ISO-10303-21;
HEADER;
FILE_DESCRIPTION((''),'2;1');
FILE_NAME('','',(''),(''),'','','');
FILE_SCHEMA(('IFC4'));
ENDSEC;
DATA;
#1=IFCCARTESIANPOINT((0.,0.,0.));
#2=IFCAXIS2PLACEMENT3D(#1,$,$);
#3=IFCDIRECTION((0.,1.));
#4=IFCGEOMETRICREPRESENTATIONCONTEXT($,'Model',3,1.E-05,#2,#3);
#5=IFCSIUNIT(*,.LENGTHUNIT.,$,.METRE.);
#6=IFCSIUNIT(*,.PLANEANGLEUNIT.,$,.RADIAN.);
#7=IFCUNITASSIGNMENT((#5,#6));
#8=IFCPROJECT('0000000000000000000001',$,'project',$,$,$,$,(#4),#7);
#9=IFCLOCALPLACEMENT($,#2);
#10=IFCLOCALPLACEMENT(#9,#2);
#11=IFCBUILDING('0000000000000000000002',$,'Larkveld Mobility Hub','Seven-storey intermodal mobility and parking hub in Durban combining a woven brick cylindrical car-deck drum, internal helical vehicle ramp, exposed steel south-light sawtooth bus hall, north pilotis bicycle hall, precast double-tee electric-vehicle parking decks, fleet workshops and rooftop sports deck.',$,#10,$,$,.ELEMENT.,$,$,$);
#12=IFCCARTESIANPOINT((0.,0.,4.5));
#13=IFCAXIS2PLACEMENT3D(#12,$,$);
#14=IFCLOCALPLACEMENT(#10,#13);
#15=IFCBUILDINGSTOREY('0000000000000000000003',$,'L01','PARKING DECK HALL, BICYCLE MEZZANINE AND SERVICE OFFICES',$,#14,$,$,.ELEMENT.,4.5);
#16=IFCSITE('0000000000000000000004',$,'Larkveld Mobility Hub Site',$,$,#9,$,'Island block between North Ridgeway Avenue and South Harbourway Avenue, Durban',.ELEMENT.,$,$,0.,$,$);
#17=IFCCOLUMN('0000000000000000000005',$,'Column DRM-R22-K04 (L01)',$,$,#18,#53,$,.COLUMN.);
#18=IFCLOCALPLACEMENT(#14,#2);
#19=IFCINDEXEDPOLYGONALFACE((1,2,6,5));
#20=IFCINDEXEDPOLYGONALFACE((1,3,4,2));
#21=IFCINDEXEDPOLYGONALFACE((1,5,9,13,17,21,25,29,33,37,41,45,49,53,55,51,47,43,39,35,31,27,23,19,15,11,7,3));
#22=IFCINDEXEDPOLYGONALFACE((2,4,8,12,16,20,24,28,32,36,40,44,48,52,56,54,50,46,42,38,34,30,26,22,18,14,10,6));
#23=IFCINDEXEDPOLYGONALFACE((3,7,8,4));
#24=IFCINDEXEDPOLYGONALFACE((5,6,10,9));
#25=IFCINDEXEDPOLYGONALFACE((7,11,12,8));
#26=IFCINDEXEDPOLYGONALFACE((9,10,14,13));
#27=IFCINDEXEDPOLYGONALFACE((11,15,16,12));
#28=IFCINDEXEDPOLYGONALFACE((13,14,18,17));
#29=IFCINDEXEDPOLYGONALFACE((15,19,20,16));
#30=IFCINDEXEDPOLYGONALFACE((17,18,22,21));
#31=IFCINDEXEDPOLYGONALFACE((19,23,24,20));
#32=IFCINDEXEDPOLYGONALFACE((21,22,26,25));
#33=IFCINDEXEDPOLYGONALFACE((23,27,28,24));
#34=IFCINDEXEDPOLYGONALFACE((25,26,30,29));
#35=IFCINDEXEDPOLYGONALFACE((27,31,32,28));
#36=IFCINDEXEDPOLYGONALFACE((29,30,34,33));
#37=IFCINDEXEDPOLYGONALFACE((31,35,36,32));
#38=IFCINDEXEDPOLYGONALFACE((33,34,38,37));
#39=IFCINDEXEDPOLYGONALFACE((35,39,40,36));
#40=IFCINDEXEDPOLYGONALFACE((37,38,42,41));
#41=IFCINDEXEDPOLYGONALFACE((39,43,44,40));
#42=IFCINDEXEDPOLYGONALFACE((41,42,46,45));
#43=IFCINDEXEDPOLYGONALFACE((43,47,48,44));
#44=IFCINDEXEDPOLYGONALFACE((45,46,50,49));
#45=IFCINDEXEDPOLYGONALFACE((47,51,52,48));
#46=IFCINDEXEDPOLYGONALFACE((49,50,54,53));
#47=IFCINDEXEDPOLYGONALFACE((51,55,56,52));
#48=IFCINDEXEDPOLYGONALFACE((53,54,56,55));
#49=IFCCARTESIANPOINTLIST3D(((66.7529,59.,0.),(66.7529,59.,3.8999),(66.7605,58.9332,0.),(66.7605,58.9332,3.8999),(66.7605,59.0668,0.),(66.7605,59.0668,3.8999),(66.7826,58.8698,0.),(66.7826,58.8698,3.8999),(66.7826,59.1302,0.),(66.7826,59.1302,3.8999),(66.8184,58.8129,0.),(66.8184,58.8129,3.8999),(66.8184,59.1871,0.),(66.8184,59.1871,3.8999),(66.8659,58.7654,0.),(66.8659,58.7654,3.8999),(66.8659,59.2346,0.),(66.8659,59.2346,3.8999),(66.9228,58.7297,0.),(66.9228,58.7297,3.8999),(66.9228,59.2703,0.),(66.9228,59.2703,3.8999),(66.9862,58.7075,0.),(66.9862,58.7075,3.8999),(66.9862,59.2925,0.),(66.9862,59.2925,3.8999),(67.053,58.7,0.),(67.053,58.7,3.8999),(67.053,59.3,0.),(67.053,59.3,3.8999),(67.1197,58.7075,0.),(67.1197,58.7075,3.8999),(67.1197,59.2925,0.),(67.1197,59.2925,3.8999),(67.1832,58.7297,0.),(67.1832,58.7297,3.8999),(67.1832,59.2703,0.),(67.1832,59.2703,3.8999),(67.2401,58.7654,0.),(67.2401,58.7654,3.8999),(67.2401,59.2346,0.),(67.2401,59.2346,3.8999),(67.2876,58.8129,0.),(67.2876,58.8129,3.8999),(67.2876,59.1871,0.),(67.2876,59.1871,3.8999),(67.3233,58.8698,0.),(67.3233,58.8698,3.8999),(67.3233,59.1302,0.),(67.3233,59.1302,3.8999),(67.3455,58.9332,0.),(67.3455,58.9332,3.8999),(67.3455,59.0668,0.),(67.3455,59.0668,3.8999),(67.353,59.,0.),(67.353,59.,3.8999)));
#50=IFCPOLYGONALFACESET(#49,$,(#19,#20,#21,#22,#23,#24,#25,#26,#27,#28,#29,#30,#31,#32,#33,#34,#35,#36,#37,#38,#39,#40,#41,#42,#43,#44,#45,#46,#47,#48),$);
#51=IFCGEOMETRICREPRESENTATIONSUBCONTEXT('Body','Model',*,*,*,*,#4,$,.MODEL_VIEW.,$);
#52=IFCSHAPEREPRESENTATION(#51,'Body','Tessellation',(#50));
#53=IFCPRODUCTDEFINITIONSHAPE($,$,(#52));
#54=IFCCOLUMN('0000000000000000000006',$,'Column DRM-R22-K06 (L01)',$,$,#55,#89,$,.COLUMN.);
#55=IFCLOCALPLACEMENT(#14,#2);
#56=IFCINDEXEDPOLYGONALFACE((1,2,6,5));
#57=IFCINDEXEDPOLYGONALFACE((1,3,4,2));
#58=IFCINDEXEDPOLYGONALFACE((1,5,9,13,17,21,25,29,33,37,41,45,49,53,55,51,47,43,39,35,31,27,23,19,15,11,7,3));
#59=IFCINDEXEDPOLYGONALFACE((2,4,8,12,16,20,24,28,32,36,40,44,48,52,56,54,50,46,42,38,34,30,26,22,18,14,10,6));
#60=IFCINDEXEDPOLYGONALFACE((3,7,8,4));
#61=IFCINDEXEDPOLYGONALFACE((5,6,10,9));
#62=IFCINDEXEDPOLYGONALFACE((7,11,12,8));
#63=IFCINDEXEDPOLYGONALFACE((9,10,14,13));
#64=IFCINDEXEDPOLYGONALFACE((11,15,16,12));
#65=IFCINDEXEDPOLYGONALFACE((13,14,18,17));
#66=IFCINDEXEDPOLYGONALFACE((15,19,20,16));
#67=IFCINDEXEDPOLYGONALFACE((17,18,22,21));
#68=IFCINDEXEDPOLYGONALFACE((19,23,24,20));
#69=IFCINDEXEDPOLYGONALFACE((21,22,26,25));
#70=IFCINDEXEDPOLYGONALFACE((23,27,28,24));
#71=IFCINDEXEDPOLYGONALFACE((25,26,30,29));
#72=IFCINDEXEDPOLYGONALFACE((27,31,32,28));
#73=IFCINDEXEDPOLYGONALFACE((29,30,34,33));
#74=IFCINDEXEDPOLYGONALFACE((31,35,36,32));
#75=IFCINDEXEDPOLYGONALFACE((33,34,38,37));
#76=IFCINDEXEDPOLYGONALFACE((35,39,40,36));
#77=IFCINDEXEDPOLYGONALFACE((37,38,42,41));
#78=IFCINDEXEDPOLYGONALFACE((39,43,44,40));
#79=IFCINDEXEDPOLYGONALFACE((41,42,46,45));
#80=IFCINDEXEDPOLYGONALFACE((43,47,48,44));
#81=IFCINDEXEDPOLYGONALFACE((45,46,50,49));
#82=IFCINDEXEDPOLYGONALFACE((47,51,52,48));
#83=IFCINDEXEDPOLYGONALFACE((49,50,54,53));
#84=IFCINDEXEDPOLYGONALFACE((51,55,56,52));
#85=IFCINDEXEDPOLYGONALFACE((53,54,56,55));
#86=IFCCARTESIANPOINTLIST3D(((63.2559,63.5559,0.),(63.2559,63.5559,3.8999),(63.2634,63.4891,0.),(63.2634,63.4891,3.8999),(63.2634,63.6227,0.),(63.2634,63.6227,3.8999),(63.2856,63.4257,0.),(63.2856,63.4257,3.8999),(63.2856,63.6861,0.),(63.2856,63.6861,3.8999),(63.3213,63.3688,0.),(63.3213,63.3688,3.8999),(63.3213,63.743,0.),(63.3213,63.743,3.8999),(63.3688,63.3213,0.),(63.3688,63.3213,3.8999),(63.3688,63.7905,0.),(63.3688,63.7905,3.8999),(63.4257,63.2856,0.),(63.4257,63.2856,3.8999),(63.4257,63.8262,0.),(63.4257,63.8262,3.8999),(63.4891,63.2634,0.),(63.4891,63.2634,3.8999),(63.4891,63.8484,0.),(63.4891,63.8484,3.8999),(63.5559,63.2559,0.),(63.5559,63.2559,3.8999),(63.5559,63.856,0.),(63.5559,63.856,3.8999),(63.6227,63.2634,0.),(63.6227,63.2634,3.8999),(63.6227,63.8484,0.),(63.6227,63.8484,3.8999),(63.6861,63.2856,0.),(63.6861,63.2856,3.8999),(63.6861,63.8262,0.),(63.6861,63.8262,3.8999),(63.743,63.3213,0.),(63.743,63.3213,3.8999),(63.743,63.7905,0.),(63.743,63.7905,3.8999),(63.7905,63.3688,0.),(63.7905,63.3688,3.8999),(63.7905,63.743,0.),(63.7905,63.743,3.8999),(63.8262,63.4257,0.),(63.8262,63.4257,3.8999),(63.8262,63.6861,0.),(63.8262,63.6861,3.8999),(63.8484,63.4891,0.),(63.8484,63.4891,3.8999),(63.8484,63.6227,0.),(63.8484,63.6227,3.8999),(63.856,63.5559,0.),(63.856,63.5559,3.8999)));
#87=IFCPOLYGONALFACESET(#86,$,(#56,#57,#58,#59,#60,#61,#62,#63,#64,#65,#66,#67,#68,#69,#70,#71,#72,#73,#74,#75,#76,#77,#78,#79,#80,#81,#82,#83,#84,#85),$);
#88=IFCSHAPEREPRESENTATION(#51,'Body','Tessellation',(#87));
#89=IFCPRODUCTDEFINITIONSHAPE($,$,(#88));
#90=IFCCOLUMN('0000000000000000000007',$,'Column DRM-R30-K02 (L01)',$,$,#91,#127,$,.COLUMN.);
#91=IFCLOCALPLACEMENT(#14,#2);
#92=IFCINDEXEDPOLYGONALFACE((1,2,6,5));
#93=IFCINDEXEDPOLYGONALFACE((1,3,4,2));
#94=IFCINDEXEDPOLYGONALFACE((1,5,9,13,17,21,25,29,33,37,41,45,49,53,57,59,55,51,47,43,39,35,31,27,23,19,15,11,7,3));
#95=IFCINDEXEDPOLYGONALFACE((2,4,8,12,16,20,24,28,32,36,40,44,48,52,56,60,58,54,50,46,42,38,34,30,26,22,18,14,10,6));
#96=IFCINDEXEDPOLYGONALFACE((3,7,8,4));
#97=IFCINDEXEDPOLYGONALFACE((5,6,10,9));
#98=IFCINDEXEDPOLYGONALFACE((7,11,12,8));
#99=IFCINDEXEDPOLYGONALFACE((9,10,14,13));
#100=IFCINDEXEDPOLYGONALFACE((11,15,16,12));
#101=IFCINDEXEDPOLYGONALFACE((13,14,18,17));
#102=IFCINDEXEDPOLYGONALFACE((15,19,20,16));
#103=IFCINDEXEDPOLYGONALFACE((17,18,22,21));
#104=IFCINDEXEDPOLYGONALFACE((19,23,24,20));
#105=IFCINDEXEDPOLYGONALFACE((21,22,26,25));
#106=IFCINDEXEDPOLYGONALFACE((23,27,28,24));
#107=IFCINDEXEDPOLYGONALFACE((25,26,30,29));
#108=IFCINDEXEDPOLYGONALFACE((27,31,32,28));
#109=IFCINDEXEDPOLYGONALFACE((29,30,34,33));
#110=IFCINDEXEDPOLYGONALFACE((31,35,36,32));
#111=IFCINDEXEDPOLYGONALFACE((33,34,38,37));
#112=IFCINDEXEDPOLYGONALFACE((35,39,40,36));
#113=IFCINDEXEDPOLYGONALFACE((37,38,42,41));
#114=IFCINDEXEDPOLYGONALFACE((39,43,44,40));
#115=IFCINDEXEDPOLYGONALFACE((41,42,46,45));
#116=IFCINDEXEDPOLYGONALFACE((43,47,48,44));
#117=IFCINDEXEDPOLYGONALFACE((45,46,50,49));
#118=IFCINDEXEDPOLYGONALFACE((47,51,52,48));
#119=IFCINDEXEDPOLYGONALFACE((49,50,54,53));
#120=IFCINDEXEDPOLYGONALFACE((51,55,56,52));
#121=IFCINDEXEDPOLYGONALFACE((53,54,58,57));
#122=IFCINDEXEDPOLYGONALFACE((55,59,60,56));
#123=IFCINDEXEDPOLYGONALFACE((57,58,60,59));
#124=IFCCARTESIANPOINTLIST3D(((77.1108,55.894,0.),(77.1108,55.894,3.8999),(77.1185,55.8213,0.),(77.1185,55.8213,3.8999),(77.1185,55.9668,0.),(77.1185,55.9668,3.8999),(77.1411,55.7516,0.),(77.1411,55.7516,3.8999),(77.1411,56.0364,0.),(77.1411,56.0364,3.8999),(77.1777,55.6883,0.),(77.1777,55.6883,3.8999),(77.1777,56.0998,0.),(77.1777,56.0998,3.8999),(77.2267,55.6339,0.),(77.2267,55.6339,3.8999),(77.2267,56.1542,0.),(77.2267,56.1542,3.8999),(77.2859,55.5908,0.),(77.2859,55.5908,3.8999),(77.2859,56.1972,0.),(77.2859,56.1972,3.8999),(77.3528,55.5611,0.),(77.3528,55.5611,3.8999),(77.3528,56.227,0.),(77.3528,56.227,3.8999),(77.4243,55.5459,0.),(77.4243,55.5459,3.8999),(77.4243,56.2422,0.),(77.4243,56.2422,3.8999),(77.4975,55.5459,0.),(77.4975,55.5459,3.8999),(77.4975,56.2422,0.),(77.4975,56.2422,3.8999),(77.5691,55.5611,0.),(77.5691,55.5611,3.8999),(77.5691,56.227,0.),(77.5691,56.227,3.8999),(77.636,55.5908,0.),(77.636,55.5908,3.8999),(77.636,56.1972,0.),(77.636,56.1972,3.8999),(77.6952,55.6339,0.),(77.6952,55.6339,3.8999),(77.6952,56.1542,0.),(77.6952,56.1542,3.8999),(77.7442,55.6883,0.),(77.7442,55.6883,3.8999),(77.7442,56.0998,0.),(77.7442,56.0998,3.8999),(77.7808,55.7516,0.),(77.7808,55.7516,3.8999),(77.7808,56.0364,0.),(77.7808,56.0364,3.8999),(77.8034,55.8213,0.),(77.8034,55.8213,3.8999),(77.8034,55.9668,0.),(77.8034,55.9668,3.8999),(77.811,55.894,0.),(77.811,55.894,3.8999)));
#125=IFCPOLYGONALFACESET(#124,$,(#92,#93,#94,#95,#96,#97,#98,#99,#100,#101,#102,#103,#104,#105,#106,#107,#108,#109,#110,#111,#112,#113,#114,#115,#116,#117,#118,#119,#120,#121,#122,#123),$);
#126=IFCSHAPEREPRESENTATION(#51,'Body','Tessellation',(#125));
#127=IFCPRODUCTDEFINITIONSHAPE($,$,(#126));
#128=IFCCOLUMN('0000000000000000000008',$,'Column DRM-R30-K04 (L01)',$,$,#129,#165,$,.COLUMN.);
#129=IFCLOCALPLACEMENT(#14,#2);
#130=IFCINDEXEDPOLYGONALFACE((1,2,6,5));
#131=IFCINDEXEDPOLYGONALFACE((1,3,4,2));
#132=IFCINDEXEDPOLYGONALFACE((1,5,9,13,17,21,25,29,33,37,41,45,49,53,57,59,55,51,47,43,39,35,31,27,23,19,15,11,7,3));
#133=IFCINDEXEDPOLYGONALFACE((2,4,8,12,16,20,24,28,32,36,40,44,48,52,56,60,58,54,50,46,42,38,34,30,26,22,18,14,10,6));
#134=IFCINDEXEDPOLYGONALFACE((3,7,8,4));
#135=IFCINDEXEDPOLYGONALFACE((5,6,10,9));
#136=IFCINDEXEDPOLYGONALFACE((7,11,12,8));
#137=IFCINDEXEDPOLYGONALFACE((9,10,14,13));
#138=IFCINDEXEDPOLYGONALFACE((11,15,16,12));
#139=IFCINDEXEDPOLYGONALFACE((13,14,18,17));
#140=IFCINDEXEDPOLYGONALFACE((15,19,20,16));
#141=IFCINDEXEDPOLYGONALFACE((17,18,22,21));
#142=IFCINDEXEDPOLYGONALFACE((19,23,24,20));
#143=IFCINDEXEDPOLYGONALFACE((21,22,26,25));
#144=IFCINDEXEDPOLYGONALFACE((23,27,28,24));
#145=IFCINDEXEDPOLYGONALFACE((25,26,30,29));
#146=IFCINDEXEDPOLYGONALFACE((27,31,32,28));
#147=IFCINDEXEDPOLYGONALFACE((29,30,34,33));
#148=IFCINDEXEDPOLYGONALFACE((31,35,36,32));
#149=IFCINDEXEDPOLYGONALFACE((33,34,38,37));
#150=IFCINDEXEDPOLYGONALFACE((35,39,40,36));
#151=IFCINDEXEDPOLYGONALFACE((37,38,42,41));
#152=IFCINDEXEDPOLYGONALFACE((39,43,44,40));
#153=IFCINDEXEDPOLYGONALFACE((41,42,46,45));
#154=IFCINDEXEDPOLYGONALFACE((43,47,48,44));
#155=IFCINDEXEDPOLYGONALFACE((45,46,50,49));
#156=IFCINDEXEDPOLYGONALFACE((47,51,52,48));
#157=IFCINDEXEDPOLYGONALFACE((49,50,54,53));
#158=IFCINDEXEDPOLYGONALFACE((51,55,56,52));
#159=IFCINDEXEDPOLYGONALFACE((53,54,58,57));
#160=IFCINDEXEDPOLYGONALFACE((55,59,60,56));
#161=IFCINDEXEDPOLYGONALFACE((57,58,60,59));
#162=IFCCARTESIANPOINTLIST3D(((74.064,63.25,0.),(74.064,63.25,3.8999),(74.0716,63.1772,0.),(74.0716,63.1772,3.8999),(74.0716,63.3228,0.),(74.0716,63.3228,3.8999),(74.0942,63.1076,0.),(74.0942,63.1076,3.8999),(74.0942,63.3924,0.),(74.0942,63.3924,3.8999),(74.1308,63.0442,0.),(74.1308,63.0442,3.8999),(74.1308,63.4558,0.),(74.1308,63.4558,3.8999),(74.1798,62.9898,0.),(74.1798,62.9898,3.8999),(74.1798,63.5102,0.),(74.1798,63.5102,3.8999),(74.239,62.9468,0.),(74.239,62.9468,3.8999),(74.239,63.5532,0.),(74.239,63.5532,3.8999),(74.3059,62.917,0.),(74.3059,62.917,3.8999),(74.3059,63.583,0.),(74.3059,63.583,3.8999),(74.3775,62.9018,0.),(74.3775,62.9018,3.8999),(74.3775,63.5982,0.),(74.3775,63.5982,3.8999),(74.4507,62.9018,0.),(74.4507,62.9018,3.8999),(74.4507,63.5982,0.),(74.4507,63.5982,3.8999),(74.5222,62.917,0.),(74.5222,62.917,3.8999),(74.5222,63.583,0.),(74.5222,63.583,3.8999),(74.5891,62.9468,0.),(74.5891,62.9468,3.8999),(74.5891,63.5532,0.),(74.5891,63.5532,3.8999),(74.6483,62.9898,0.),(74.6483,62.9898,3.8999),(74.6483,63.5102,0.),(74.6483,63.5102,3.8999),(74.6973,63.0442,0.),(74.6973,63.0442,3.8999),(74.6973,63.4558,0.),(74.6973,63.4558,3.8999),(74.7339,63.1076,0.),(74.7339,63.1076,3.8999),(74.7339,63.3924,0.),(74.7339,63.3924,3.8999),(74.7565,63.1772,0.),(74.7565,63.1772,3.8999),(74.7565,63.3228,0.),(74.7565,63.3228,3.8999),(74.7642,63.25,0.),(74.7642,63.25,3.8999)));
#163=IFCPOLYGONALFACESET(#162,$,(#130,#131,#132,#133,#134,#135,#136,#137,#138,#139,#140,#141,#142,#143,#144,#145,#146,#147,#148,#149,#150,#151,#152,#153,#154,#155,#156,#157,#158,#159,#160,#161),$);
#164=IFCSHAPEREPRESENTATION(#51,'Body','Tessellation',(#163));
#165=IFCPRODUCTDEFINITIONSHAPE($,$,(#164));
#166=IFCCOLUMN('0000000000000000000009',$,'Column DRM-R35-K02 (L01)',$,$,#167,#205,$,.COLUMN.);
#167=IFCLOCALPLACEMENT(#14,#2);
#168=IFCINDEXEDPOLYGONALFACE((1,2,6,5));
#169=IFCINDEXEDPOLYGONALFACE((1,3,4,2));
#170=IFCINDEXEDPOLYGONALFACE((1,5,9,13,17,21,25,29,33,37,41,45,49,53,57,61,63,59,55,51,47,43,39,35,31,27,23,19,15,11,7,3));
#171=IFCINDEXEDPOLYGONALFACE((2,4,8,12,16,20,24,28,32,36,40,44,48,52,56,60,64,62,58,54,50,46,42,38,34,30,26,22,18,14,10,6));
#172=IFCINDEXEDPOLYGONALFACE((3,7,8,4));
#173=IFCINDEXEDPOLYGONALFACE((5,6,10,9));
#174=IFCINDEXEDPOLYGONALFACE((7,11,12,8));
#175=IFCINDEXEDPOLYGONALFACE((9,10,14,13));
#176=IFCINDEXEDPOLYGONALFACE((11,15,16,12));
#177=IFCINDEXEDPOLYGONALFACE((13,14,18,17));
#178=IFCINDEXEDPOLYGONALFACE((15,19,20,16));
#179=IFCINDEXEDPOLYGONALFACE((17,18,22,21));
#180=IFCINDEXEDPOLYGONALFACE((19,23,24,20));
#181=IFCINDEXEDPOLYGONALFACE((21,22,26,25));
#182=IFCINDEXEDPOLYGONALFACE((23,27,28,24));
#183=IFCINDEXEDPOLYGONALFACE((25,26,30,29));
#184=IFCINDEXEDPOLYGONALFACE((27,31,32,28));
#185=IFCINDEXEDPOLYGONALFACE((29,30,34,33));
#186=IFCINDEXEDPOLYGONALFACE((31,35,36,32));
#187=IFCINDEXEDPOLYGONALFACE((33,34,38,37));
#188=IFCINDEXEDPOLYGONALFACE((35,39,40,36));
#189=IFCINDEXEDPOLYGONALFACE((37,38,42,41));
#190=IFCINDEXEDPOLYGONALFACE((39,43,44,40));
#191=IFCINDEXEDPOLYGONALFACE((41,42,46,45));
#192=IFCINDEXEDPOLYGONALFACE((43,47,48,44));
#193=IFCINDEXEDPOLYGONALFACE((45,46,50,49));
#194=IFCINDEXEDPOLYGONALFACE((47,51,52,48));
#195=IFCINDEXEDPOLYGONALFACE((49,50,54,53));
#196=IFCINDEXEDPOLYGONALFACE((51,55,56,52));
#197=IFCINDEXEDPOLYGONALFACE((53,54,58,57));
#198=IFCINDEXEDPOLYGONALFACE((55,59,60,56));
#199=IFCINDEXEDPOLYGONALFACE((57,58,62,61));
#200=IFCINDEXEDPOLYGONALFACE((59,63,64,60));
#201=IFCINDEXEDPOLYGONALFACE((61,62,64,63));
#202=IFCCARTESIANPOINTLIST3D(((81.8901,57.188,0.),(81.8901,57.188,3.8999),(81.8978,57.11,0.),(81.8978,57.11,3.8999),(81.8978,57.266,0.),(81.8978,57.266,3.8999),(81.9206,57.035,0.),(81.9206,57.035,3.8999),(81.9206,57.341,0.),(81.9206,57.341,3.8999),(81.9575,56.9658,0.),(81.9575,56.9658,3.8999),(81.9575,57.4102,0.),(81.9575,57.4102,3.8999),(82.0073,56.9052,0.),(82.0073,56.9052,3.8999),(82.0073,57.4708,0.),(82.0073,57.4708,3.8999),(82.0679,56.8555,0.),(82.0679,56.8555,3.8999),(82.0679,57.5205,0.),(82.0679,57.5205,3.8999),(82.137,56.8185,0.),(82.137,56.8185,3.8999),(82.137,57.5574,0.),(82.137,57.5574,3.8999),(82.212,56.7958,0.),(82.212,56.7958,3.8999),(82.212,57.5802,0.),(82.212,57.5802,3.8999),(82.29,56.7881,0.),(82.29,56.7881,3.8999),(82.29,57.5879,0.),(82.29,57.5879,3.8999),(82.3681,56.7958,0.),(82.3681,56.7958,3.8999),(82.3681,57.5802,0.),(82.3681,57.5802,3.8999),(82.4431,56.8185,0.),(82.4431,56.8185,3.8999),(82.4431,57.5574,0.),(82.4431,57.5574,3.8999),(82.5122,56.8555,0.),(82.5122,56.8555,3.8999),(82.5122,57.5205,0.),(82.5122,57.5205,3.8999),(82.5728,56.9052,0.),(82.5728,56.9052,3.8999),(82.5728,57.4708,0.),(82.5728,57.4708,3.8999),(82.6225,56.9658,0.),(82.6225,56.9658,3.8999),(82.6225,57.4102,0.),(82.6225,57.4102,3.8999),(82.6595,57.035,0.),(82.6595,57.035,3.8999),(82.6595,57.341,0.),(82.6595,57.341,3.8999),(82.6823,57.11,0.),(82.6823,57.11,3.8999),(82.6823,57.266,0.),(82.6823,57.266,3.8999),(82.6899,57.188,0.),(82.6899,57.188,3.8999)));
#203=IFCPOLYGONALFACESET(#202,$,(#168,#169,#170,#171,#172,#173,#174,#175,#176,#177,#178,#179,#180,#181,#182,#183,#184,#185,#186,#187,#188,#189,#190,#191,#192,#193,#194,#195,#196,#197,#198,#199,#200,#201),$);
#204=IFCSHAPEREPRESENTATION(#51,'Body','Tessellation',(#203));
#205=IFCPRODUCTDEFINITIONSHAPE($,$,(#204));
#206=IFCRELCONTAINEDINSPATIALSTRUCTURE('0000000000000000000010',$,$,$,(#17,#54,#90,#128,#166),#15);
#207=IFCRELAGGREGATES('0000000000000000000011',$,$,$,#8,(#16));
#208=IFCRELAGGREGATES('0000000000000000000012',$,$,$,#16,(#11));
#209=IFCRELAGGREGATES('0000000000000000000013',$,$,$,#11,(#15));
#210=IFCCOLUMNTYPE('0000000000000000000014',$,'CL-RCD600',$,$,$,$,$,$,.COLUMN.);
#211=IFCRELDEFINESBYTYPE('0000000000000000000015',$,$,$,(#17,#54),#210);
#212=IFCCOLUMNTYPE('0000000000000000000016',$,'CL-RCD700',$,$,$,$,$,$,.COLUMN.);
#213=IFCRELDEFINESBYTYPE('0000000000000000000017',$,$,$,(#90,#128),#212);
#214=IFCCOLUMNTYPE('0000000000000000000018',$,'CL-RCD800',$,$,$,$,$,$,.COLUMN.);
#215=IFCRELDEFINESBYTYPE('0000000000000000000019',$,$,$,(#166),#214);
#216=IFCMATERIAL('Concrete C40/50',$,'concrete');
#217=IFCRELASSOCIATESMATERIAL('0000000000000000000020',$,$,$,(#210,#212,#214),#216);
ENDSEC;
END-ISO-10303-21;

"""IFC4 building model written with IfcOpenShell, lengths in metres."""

from ifc_helpers import new_model, si_unit, direction, frame, origin, origin_2d, place, context, subcontext, project, spatial, circle, extrude, material, material_profile, profile_set, type_object, element, save


model = new_model("IFC4")

# Units and contexts
model_context = context("Model", 3, precision=1e-05, world=origin(), true_north=direction((0.0, 1.0)))
body_context = subcontext(model_context, "Body", "Model", "MODEL_VIEW")
ifc_project = project(units=[si_unit("LENGTHUNIT", "METRE"), si_unit("PLANEANGLEUNIT", "RADIAN")], contexts=[model_context])

# Site, building, storey
site_placement = place(None, origin())
site = spatial("IfcSite", under=ifc_project, at=site_placement, Name="Larkveld Mobility Hub Site", LongName="Island block between North Ridgeway Avenue and South Harbourway Avenue, Durban", CompositionType="ELEMENT", RefElevation=0.0)
building_placement = place(site_placement, origin())
building = spatial("IfcBuilding", under=site, at=building_placement, Name="Larkveld Mobility Hub", Description="Seven-storey intermodal mobility and parking hub in Durban combining a woven brick cylindrical car-deck drum, internal helical vehicle ramp, exposed steel south-light sawtooth bus hall, north pilotis bicycle hall, precast double-tee electric-vehicle parking decks, fleet workshops and rooftop sports deck.", CompositionType="ELEMENT")
storey_placement = place(building_placement, frame((0.0, 0.0, 4.5)))
storey = spatial("IfcBuildingStorey", under=building, at=storey_placement, Name="L01", Description="PARKING DECK HALL, BICYCLE MEZZANINE AND SERVICE OFFICES", CompositionType="ELEMENT", Elevation=4.5)

# Columns
ifc_material_1 = material(Name="Concrete C40/50", Category="concrete")
ifc_material_profile_1 = material_profile(ifc_material_1, circle(Radius=0.3, at=origin_2d()), Name="RC COL D600")
ifc_profile_set_1 = profile_set([ifc_material_profile_1], Name="Concrete C40/50")
column_type_1 = type_object("IfcColumnType", Name="CL-RCD600", PredefinedType="COLUMN", material=ifc_profile_set_1)
for number, where, z_axis, x_axis, name in (
    (1, (67.053, 59.0, 0.0), (0.0, 0.0, 1.0), (1.0, 0.0, 0.0), "Column DRM-R22-K04 (L01)"),
    (2, (63.5559, 63.5559, 0.0), (0.0, 0.0, 1.0), (1.0, 0.0, 0.0), "Column DRM-R22-K06 (L01)"),
):
    element("IfcColumn", number, at=place(storey_placement, frame(where, z_axis=z_axis, x_axis=x_axis)), inside=storey, type_object=column_type_1, Name=name, PredefinedType="COLUMN", context=body_context, shape_type="SweptSolid", body=[
        extrude(circle(Radius=0.3, at=origin_2d()), origin(), (0.0, 0.0, 1.0), 3.8999),
    ])
ifc_material_profile_2 = material_profile(ifc_material_1, circle(Radius=0.3501, at=origin_2d()), Name="RC COL D700")
ifc_profile_set_2 = profile_set([ifc_material_profile_2], Name="Concrete C40/50")
column_type_2 = type_object("IfcColumnType", Name="CL-RCD700", PredefinedType="COLUMN", material=ifc_profile_set_2)
for number, where, z_axis, x_axis, name in (
    (3, (77.4609, 55.894, 0.0), (0.0, 0.0, 1.0), (1.0, 0.0, 0.0), "Column DRM-R30-K02 (L01)"),
    (4, (74.4141, 63.25, 0.0), (0.0, 0.0, 1.0), (1.0, 0.0, 0.0), "Column DRM-R30-K04 (L01)"),
):
    element("IfcColumn", number, at=place(storey_placement, frame(where, z_axis=z_axis, x_axis=x_axis)), inside=storey, type_object=column_type_2, Name=name, PredefinedType="COLUMN", context=body_context, shape_type="SweptSolid", body=[
        extrude(circle(Radius=0.3501, at=origin_2d()), origin(), (0.0, 0.0, 1.0), 3.8999),
    ])
ifc_material_profile_3 = material_profile(ifc_material_1, circle(Radius=0.3999, at=origin_2d()), Name="RC COL D800")
ifc_profile_set_3 = profile_set([ifc_material_profile_3], Name="Concrete C40/50")
column_type_3 = type_object("IfcColumnType", Name="CL-RCD800", PredefinedType="COLUMN", material=ifc_profile_set_3)
for number, where, z_axis, x_axis, name in (
    (5, (82.29, 57.188, 0.0), (0.0, 0.0, 1.0), (1.0, 0.0, 0.0), "Column DRM-R35-K02 (L01)"),
):
    element("IfcColumn", number, at=place(storey_placement, frame(where, z_axis=z_axis, x_axis=x_axis)), inside=storey, type_object=column_type_3, Name=name, PredefinedType="COLUMN", context=body_context, shape_type="SweptSolid", body=[
        extrude(circle(Radius=0.3999, at=origin_2d()), origin(), (0.0, 0.0, 1.0), 3.8999),
    ])

save(model, "model.ifc")
